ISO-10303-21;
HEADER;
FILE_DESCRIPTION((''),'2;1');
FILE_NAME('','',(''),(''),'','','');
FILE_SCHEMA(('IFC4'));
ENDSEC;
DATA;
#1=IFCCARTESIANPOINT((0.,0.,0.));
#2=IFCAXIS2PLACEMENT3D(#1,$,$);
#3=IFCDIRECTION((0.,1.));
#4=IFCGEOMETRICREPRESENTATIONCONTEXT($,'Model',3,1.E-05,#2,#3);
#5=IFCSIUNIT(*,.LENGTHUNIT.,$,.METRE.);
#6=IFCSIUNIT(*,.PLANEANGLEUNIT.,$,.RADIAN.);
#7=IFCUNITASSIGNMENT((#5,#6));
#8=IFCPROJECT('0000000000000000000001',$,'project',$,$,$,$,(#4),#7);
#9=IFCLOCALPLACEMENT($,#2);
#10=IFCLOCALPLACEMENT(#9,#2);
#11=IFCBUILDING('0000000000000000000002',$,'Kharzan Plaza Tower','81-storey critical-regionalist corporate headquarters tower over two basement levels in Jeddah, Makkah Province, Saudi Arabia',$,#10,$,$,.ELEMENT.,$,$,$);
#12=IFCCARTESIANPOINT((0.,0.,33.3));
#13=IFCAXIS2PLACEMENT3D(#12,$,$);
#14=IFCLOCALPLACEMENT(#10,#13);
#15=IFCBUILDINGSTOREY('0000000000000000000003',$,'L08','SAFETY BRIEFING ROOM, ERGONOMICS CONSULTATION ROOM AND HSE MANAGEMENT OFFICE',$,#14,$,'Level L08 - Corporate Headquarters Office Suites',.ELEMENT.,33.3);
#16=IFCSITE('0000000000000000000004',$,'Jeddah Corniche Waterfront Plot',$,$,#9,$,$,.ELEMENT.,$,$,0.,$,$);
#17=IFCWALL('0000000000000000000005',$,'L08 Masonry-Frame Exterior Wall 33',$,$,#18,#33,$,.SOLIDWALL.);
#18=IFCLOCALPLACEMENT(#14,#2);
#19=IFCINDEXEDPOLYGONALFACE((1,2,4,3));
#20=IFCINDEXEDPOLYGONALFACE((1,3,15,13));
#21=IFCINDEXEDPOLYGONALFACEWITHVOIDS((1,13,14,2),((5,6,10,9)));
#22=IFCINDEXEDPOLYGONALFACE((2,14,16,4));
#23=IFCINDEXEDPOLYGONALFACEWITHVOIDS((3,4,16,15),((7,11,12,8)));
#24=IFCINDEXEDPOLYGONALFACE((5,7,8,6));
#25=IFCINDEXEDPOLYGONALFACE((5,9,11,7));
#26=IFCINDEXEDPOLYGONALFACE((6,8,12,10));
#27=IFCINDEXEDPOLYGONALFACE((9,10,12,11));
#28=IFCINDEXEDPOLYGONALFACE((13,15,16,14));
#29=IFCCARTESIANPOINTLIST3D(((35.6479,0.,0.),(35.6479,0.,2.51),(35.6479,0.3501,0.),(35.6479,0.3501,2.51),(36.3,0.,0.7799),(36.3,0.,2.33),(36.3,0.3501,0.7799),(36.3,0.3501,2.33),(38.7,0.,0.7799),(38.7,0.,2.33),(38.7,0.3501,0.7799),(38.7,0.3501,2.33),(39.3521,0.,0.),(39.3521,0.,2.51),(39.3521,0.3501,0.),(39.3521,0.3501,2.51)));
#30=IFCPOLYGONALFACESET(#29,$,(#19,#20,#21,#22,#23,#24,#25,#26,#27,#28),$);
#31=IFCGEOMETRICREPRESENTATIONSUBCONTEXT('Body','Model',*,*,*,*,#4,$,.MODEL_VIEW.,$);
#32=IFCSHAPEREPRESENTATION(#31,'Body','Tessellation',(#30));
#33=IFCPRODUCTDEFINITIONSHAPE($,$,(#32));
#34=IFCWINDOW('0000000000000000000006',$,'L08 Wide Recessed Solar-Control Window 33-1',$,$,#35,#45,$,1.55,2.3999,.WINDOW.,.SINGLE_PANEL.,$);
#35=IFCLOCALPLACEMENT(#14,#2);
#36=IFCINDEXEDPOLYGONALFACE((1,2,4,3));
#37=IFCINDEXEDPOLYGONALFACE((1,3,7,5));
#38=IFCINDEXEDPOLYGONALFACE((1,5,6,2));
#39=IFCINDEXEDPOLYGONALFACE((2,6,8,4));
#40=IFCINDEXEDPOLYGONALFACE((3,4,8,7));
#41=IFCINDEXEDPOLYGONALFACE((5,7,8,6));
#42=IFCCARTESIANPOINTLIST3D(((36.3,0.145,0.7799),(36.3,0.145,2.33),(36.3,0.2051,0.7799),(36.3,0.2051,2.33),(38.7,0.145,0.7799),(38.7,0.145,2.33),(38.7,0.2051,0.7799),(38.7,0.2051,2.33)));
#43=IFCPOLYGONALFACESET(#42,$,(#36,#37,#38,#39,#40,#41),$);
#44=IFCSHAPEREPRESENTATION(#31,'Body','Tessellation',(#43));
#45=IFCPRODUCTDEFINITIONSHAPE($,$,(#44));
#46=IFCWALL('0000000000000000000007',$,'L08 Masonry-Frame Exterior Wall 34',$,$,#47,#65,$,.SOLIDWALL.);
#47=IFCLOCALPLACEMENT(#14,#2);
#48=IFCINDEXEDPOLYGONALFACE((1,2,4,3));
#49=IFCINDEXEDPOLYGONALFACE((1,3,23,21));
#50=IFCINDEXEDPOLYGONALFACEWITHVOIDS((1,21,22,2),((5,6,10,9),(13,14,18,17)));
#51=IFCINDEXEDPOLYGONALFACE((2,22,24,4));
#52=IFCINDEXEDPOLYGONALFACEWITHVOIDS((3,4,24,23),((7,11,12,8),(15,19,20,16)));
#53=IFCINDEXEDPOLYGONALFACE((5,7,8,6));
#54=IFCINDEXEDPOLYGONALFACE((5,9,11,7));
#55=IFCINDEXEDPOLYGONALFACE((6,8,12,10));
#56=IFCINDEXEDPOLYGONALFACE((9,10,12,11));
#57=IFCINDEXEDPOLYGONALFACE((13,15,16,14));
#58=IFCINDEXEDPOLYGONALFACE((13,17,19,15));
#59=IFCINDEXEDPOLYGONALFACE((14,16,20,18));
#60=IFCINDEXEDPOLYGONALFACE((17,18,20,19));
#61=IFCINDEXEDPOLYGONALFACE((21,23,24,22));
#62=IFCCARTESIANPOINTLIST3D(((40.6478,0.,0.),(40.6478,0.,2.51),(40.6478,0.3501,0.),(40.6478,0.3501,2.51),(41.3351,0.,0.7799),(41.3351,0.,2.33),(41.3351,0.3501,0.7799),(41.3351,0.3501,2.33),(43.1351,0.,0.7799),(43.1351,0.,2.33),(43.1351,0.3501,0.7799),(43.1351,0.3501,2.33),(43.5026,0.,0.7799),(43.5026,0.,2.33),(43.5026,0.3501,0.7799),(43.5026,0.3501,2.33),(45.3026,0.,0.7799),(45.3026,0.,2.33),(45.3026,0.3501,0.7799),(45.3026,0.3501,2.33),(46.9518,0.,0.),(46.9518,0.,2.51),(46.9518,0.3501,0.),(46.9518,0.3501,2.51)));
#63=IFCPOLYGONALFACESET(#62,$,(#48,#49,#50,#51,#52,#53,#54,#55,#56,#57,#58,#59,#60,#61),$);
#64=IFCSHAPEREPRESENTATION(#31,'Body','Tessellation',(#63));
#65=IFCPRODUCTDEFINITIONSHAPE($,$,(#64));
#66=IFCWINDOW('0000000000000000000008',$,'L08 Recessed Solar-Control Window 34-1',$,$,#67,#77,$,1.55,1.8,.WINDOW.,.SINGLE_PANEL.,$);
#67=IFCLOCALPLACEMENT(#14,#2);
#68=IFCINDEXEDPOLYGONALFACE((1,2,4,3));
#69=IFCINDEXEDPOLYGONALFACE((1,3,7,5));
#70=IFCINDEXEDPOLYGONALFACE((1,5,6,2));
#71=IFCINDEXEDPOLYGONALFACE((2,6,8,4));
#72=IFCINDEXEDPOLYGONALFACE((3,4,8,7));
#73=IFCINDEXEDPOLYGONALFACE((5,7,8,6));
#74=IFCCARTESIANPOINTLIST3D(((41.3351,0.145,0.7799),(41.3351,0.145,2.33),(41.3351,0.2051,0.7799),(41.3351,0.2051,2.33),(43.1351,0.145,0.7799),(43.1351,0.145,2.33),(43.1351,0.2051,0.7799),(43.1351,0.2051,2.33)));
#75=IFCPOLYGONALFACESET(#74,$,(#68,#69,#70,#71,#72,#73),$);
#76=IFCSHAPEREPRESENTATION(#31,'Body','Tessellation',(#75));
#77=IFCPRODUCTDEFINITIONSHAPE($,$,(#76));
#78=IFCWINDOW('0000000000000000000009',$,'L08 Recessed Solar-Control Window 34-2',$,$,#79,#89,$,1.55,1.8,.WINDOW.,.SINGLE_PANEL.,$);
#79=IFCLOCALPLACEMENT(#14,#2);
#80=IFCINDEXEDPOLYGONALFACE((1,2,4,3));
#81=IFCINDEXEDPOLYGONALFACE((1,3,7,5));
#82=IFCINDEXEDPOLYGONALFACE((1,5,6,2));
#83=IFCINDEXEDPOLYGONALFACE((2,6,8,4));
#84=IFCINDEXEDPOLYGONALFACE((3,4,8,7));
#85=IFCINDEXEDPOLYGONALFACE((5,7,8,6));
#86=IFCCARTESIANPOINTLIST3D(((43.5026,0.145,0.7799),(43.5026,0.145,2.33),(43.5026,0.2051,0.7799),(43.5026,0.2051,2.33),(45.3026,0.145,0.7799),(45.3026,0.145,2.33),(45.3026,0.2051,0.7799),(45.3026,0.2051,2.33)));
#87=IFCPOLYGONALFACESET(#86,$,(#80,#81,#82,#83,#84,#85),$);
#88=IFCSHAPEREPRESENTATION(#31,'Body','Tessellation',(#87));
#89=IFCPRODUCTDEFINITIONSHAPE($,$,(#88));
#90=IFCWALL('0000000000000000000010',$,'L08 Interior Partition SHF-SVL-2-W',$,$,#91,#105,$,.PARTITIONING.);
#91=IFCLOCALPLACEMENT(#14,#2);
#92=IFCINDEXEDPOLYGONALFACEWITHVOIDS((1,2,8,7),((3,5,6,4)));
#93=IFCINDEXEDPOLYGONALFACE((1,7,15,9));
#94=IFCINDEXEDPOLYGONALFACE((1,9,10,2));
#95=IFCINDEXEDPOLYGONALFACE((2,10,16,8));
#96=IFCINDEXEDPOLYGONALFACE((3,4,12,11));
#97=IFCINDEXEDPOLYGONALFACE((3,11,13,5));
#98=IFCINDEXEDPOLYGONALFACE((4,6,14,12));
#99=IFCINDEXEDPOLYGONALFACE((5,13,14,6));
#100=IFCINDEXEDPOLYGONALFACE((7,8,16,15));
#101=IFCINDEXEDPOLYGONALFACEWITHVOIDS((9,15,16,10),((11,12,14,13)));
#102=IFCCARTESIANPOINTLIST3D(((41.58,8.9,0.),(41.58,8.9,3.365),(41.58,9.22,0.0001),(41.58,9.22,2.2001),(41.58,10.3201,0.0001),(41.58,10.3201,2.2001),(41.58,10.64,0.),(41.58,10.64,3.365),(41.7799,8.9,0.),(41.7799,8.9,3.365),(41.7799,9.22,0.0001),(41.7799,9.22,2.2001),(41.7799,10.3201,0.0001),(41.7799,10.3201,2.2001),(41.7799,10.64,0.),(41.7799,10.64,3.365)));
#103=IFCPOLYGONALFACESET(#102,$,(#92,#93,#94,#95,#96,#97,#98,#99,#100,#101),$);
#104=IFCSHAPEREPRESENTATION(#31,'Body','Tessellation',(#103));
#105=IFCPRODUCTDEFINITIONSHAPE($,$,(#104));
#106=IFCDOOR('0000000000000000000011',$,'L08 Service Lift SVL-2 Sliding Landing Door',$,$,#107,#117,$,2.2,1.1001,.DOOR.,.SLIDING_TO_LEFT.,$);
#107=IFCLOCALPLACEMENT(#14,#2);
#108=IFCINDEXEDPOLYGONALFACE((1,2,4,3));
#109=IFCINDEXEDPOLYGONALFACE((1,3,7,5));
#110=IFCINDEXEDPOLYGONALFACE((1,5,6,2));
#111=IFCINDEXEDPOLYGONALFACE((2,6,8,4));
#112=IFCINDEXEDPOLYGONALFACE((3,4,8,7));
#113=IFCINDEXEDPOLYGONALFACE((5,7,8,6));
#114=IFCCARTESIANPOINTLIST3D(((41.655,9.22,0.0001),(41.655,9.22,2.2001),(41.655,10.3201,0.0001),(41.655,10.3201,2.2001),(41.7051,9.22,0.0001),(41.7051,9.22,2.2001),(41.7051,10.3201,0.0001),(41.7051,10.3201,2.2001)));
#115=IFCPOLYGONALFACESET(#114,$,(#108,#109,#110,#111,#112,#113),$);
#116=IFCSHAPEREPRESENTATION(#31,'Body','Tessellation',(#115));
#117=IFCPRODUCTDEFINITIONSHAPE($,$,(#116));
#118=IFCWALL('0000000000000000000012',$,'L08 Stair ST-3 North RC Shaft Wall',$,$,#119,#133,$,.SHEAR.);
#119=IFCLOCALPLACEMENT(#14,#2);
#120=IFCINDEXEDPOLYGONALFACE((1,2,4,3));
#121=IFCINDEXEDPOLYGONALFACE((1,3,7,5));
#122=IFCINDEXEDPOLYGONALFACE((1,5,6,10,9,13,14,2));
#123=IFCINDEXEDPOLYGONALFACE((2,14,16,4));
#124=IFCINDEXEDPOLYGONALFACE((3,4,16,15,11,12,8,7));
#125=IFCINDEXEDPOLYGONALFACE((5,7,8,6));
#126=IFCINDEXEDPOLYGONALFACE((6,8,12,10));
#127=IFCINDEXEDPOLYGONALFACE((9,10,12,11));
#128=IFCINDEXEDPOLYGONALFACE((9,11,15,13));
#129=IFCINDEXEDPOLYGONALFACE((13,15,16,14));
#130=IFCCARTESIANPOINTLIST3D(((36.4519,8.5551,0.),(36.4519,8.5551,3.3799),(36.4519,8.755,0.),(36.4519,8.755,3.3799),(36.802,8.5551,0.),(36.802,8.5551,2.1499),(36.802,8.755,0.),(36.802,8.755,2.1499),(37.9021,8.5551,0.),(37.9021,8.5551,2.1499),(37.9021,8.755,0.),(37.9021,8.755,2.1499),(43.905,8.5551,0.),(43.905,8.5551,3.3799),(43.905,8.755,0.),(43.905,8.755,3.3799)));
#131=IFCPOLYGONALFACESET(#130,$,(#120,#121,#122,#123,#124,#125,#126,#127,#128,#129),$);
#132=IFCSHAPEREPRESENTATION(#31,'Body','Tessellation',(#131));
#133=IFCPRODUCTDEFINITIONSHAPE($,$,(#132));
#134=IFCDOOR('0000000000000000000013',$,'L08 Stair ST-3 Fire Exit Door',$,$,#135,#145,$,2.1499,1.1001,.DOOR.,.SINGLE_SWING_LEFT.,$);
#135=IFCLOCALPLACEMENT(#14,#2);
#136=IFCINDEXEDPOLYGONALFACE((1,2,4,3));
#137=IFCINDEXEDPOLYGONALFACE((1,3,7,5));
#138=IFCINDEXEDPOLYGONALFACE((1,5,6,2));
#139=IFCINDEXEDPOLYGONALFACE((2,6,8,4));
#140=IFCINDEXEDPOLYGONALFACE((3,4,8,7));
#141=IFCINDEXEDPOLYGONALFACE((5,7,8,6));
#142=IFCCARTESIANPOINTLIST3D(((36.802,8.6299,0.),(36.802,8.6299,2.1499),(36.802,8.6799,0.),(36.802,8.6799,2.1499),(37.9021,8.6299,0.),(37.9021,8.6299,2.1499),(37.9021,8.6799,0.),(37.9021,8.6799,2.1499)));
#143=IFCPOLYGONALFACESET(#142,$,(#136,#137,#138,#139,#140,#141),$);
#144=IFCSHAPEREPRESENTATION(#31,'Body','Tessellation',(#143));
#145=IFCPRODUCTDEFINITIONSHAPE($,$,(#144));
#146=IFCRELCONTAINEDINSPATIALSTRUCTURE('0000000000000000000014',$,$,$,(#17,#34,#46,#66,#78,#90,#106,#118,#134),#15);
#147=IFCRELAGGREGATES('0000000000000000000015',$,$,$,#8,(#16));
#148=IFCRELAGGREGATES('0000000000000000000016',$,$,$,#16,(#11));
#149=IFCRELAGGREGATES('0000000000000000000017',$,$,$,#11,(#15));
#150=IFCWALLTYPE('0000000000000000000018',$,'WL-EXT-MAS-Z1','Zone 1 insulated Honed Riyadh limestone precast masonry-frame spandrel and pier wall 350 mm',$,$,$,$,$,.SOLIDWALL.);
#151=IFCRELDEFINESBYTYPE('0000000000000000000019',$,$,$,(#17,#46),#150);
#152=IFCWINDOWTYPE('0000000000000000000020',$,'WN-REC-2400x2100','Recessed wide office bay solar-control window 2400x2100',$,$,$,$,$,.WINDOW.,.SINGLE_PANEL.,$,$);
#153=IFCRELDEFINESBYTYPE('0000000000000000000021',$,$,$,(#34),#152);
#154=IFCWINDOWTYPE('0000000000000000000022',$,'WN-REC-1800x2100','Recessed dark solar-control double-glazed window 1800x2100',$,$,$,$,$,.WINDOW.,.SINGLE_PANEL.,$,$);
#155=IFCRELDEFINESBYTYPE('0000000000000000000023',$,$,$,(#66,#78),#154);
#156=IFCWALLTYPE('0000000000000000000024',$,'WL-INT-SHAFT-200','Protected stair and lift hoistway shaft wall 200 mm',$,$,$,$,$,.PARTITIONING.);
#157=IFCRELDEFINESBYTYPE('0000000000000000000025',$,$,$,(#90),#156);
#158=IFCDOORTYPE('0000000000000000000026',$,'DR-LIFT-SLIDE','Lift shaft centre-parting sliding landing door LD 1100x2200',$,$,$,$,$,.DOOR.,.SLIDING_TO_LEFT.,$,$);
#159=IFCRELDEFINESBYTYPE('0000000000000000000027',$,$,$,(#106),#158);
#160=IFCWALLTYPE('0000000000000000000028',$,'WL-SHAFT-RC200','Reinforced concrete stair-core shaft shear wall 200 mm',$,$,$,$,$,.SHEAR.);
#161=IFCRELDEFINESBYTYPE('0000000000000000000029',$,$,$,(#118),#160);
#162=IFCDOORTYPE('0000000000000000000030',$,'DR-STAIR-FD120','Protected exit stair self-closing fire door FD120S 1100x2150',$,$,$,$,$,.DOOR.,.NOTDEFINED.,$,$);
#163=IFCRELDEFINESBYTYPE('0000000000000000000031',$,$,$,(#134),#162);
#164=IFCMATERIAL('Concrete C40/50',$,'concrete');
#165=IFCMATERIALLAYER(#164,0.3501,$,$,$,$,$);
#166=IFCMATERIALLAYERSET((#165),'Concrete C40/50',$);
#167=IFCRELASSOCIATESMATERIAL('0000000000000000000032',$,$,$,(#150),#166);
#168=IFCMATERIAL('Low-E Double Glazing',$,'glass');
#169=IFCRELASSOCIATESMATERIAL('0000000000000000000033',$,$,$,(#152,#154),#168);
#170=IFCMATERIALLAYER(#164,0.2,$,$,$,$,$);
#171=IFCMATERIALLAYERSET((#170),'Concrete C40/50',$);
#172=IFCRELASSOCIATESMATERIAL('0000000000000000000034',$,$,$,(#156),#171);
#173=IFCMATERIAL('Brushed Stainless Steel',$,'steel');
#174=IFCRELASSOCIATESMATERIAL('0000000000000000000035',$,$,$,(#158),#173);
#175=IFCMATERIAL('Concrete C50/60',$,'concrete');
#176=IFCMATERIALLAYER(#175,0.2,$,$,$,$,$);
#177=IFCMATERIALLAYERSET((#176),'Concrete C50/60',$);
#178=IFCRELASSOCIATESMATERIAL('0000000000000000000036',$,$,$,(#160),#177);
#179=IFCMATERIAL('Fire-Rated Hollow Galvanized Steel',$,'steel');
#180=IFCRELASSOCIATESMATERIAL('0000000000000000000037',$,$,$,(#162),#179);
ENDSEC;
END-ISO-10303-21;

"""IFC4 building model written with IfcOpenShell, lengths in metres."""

from ifc_helpers import new_model, si_unit, direction, frame, frame_2d, origin, place, context, subcontext, project, spatial, rectangle, extrude, source, transform, mapped, material, layer, layer_set, type_object, element, fill, save


model = new_model("IFC4")

# Units and contexts
model_context = context("Model", 3, precision=1e-05, world=origin(), true_north=direction((0.0, 1.0)))
body_context = subcontext(model_context, "Body", "Model", "MODEL_VIEW")
ifc_project = project(units=[si_unit("LENGTHUNIT", "METRE"), si_unit("PLANEANGLEUNIT", "RADIAN")], contexts=[model_context])

# Site, building, storey
site_placement = place(None, origin())
site = spatial("IfcSite", under=ifc_project, at=site_placement, Name="Jeddah Corniche Waterfront Plot", CompositionType="ELEMENT", RefElevation=0.0)
building_placement = place(site_placement, origin())
building = spatial("IfcBuilding", under=site, at=building_placement, Name="Kharzan Plaza Tower", Description="81-storey critical-regionalist corporate headquarters tower over two basement levels in Jeddah, Makkah Province, Saudi Arabia", CompositionType="ELEMENT")
storey_placement = place(building_placement, frame((0.0, 0.0, 33.3)))
storey = spatial("IfcBuildingStorey", under=building, at=storey_placement, Name="L08", Description="SAFETY BRIEFING ROOM, ERGONOMICS CONSULTATION ROOM AND HSE MANAGEMENT OFFICE", LongName="Level L08 - Corporate Headquarters Office Suites", CompositionType="ELEMENT", Elevation=33.3)

# Wall, opening, window
ifc_material_1 = material(Name="Concrete C40/50", Category="concrete")
ifc_layer_1 = layer(ifc_material_1, 0.3501)
ifc_layer_set_1 = layer_set([ifc_layer_1], Name="Concrete C40/50")
wall_type_1 = type_object("IfcWallType", Name="WL-EXT-MAS-Z1", Description="Zone 1 insulated Honed Riyadh limestone precast masonry-frame spandrel and pier wall 350 mm", PredefinedType="SOLIDWALL", material=ifc_layer_set_1)
wall_1_placement = place(storey_placement, frame((35.6479, 0.175, 0.0), z_axis=(0.0, 0.0, 1.0), x_axis=(1.0, 0.0, 0.0)))
wall_1 = element("IfcWall", 1, at=wall_1_placement, inside=storey, type_object=wall_type_1, Name="L08 Masonry-Frame Exterior Wall 33", PredefinedType="SOLIDWALL", context=body_context, shape_type="SweptSolid", body=[
    extrude(rectangle(XDim=3.7041, YDim=0.3501, at=frame_2d((1.8521, 0.0))), origin(), (0.0, 0.0, 1.0), 2.51),
])
opening_1_placement = place(wall_1_placement, frame((0.6521, 0.0, 0.78)))
opening_1 = element("IfcOpeningElement", 2, at=opening_1_placement, cuts=wall_1, PredefinedType="OPENING", context=body_context, shape_type="SweptSolid", body=[
    extrude(rectangle(XDim=2.3999, YDim=1.55, at=frame_2d((1.2, 0.7749))), frame((0.0, 0.1851, 0.0), z_axis=(0.0, -1.0, 0.0), x_axis=(1.0, 0.0, 0.0)), (0.0, 0.0, 1.0), 0.3701),
])
ifc_material_2 = material(Name="Low-E Double Glazing", Category="glass")
window_type_1 = type_object("IfcWindowType", Name="WN-REC-2400x2100", Description="Recessed wide office bay solar-control window 2400x2100", PartitioningType="SINGLE_PANEL", PredefinedType="WINDOW", material=ifc_material_2)
shared_shape_1 = source(origin(), body_context, "Body", "SweptSolid", [
    extrude(rectangle(XDim=2.3999, YDim=1.55, at=frame_2d((1.2, 0.7749))), frame((0.0, 0.03, 0.0), z_axis=(0.0, -1.0, 0.0), x_axis=(1.0, 0.0, 0.0)), (0.0, 0.0, 1.0), 0.0601),
])
window_1_placement = place(opening_1_placement, origin())
window_1 = element("IfcWindow", 3, at=window_1_placement, inside=storey, type_object=window_type_1, Name="L08 Wide Recessed Solar-Control Window 33-1", OverallHeight=1.55, OverallWidth=2.3999, PartitioningType="SINGLE_PANEL", PredefinedType="WINDOW", context=body_context, shape_type="MappedRepresentation", body=[
    mapped(shared_shape_1, transform((0.0, 0.0, 0.0), x_axis=(1.0, 0.0, 0.0), y_axis=(0.0, 1.0, 0.0), z_axis=(0.0, 0.0, 1.0))),
])
fill(opening_1, window_1)

# Wall, openings, windows
wall_2_placement = place(storey_placement, frame((40.6479, 0.175, 0.0), z_axis=(0.0, 0.0, 1.0), x_axis=(1.0, 0.0, 0.0)))
wall_2 = element("IfcWall", 4, at=wall_2_placement, inside=storey, type_object=wall_type_1, Name="L08 Masonry-Frame Exterior Wall 34", PredefinedType="SOLIDWALL", context=body_context, shape_type="SweptSolid", body=[
    extrude(rectangle(XDim=6.304, YDim=0.3501, at=frame_2d((3.1519, 0.0))), origin(), (0.0, 0.0, 1.0), 2.51),
])
opening_2_placement = place(wall_2_placement, frame((0.6873, 0.0, 0.78)))
opening_2 = element("IfcOpeningElement", 5, at=opening_2_placement, cuts=wall_2, PredefinedType="OPENING", context=body_context, shape_type="SweptSolid", body=[
    extrude(rectangle(XDim=1.8, YDim=1.55, at=frame_2d((0.8999, 0.7749))), frame((0.0, 0.1851, 0.0), z_axis=(0.0, -1.0, 0.0), x_axis=(1.0, 0.0, 0.0)), (0.0, 0.0, 1.0), 0.3701),
])
opening_3_placement = place(wall_2_placement, frame((2.8547, 0.0, 0.78)))
opening_3 = element("IfcOpeningElement", 6, at=opening_3_placement, cuts=wall_2, PredefinedType="OPENING", context=body_context, shape_type="SweptSolid", body=[
    extrude(rectangle(XDim=1.8, YDim=1.55, at=frame_2d((0.8999, 0.7749))), frame((0.0, 0.1851, 0.0), z_axis=(0.0, -1.0, 0.0), x_axis=(1.0, 0.0, 0.0)), (0.0, 0.0, 1.0), 0.3701),
])
window_type_2 = type_object("IfcWindowType", Name="WN-REC-1800x2100", Description="Recessed dark solar-control double-glazed window 1800x2100", PartitioningType="SINGLE_PANEL", PredefinedType="WINDOW", material=ifc_material_2)
shared_shape_2 = source(origin(), body_context, "Body", "SweptSolid", [
    extrude(rectangle(XDim=1.8, YDim=1.55, at=frame_2d((0.8999, 0.7749))), frame((0.0, 0.03, 0.0), z_axis=(0.0, -1.0, 0.0), x_axis=(1.0, 0.0, 0.0)), (0.0, 0.0, 1.0), 0.0601),
])
window_2_placement = place(opening_2_placement, origin())
window_2 = element("IfcWindow", 7, at=window_2_placement, inside=storey, type_object=window_type_2, Name="L08 Recessed Solar-Control Window 34-1", OverallHeight=1.55, OverallWidth=1.8, PartitioningType="SINGLE_PANEL", PredefinedType="WINDOW", context=body_context, shape_type="MappedRepresentation", body=[
    mapped(shared_shape_2, transform((0.0, 0.0, 0.0), x_axis=(1.0, 0.0, 0.0), y_axis=(0.0, 1.0, 0.0), z_axis=(0.0, 0.0, 1.0))),
])
fill(opening_2, window_2)
window_3_placement = place(opening_3_placement, origin())
window_3 = element("IfcWindow", 8, at=window_3_placement, inside=storey, type_object=window_type_2, Name="L08 Recessed Solar-Control Window 34-2", OverallHeight=1.55, OverallWidth=1.8, PartitioningType="SINGLE_PANEL", PredefinedType="WINDOW", context=body_context, shape_type="MappedRepresentation", body=[
    mapped(shared_shape_2, transform((0.0, 0.0, 0.0), x_axis=(1.0, 0.0, 0.0), y_axis=(0.0, 1.0, 0.0), z_axis=(0.0, 0.0, 1.0))),
])
fill(opening_3, window_3)

# Walls, openings, doors
ifc_layer_2 = layer(ifc_material_1, 0.2)
ifc_layer_set_2 = layer_set([ifc_layer_2], Name="Concrete C40/50")
wall_type_2 = type_object("IfcWallType", Name="WL-INT-SHAFT-200", Description="Protected stair and lift hoistway shaft wall 200 mm", PredefinedType="PARTITIONING", material=ifc_layer_set_2)
wall_3_placement = place(storey_placement, frame((41.6799, 8.8999, 0.0), z_axis=(0.0, 0.0, 1.0), x_axis=(0.0, 1.0, 0.0)))
wall_3 = element("IfcWall", 9, at=wall_3_placement, inside=storey, type_object=wall_type_2, Name="L08 Interior Partition SHF-SVL-2-W", PredefinedType="PARTITIONING", context=body_context, shape_type="SweptSolid", body=[
    extrude(rectangle(XDim=1.74, YDim=0.2, at=frame_2d((0.8701, 0.0))), origin(), (0.0, 0.0, 1.0), 3.365),
])
opening_4_placement = place(wall_3_placement, frame((0.3201, 0.0, 0.0)))
opening_4 = element("IfcOpeningElement", 10, at=opening_4_placement, cuts=wall_3, PredefinedType="OPENING", context=body_context, shape_type="SweptSolid", body=[
    extrude(rectangle(XDim=1.1001, YDim=2.2, at=frame_2d((0.55, 1.1001))), frame((0.0, 0.1099, 0.0), z_axis=(0.0, -1.0, 0.0), x_axis=(1.0, 0.0, 0.0)), (0.0, 0.0, 1.0), 0.22),
])
ifc_material_3 = material(Name="Brushed Stainless Steel", Category="steel")
door_type_1 = type_object("IfcDoorType", Name="DR-LIFT-SLIDE", Description="Lift shaft centre-parting sliding landing door LD 1100x2200", OperationType="SLIDING_TO_LEFT", PredefinedType="DOOR", material=ifc_material_3)
shared_shape_3 = source(origin(), body_context, "Body", "SweptSolid", [
    extrude(rectangle(XDim=1.1001, YDim=2.2, at=frame_2d((0.55, 1.1001))), frame((0.0, 0.0249, 0.0), z_axis=(0.0, -1.0, 0.0), x_axis=(1.0, 0.0, 0.0)), (0.0, 0.0, 1.0), 0.05),
])
door_1_placement = place(opening_4_placement, origin())
door_1 = element("IfcDoor", 11, at=door_1_placement, inside=storey, type_object=door_type_1, Name="L08 Service Lift SVL-2 Sliding Landing Door", OperationType="SLIDING_TO_LEFT", OverallHeight=2.2, OverallWidth=1.1001, PredefinedType="DOOR", context=body_context, shape_type="MappedRepresentation", body=[
    mapped(shared_shape_3, transform((0.0, 0.0, 0.0), x_axis=(1.0, 0.0, 0.0), y_axis=(0.0, 1.0, 0.0), z_axis=(0.0, 0.0, 1.0))),
])
fill(opening_4, door_1)
ifc_material_4 = material(Name="Concrete C50/60", Category="concrete")
ifc_layer_3 = layer(ifc_material_4, 0.2)
ifc_layer_set_3 = layer_set([ifc_layer_3], Name="Concrete C50/60")
wall_type_3 = type_object("IfcWallType", Name="WL-SHAFT-RC200", Description="Reinforced concrete stair-core shaft shear wall 200 mm", PredefinedType="SHEAR", material=ifc_layer_set_3)
wall_4_placement = place(storey_placement, frame((36.4519, 8.655, 0.0), z_axis=(0.0, 0.0, 1.0), x_axis=(1.0, 0.0, 0.0)))
wall_4 = element("IfcWall", 12, at=wall_4_placement, inside=storey, type_object=wall_type_3, Name="L08 Stair ST-3 North RC Shaft Wall", PredefinedType="SHEAR", context=body_context, shape_type="SweptSolid", body=[
    extrude(rectangle(XDim=7.4531, YDim=0.2, at=frame_2d((3.7266, 0.0))), origin(), (0.0, 0.0, 1.0), 3.3799),
])
opening_5_placement = place(wall_4_placement, frame((0.3501, 0.0, 0.0)))
opening_5 = element("IfcOpeningElement", 13, at=opening_5_placement, cuts=wall_4, PredefinedType="OPENING", context=body_context, shape_type="SweptSolid", body=[
    extrude(rectangle(XDim=1.1001, YDim=2.1499, at=frame_2d((0.55, 1.075))), frame((0.0, 0.1099, 0.0), z_axis=(0.0, -1.0, 0.0), x_axis=(1.0, 0.0, 0.0)), (0.0, 0.0, 1.0), 0.22),
])
ifc_material_5 = material(Name="Fire-Rated Hollow Galvanized Steel", Category="steel")
door_type_2 = type_object("IfcDoorType", Name="DR-STAIR-FD120", Description="Protected exit stair self-closing fire door FD120S 1100x2150", OperationType="NOTDEFINED", PredefinedType="DOOR", material=ifc_material_5)
shared_shape_4 = source(origin(), body_context, "Body", "SweptSolid", [
    extrude(rectangle(XDim=1.1001, YDim=2.1499, at=frame_2d((0.55, 1.075))), frame((0.0, 0.0249, 0.0), z_axis=(0.0, -1.0, 0.0), x_axis=(1.0, 0.0, 0.0)), (0.0, 0.0, 1.0), 0.05),
])
door_2_placement = place(opening_5_placement, origin())
door_2 = element("IfcDoor", 14, at=door_2_placement, inside=storey, type_object=door_type_2, Name="L08 Stair ST-3 Fire Exit Door", OperationType="SINGLE_SWING_LEFT", OverallHeight=2.1499, OverallWidth=1.1001, PredefinedType="DOOR", context=body_context, shape_type="MappedRepresentation", body=[
    mapped(shared_shape_4, transform((0.0, 0.0, 0.0), x_axis=(1.0, 0.0, 0.0), y_axis=(0.0, 1.0, 0.0), z_axis=(0.0, 0.0, 1.0))),
])
fill(opening_5, door_2)

save(model, "model.ifc")
